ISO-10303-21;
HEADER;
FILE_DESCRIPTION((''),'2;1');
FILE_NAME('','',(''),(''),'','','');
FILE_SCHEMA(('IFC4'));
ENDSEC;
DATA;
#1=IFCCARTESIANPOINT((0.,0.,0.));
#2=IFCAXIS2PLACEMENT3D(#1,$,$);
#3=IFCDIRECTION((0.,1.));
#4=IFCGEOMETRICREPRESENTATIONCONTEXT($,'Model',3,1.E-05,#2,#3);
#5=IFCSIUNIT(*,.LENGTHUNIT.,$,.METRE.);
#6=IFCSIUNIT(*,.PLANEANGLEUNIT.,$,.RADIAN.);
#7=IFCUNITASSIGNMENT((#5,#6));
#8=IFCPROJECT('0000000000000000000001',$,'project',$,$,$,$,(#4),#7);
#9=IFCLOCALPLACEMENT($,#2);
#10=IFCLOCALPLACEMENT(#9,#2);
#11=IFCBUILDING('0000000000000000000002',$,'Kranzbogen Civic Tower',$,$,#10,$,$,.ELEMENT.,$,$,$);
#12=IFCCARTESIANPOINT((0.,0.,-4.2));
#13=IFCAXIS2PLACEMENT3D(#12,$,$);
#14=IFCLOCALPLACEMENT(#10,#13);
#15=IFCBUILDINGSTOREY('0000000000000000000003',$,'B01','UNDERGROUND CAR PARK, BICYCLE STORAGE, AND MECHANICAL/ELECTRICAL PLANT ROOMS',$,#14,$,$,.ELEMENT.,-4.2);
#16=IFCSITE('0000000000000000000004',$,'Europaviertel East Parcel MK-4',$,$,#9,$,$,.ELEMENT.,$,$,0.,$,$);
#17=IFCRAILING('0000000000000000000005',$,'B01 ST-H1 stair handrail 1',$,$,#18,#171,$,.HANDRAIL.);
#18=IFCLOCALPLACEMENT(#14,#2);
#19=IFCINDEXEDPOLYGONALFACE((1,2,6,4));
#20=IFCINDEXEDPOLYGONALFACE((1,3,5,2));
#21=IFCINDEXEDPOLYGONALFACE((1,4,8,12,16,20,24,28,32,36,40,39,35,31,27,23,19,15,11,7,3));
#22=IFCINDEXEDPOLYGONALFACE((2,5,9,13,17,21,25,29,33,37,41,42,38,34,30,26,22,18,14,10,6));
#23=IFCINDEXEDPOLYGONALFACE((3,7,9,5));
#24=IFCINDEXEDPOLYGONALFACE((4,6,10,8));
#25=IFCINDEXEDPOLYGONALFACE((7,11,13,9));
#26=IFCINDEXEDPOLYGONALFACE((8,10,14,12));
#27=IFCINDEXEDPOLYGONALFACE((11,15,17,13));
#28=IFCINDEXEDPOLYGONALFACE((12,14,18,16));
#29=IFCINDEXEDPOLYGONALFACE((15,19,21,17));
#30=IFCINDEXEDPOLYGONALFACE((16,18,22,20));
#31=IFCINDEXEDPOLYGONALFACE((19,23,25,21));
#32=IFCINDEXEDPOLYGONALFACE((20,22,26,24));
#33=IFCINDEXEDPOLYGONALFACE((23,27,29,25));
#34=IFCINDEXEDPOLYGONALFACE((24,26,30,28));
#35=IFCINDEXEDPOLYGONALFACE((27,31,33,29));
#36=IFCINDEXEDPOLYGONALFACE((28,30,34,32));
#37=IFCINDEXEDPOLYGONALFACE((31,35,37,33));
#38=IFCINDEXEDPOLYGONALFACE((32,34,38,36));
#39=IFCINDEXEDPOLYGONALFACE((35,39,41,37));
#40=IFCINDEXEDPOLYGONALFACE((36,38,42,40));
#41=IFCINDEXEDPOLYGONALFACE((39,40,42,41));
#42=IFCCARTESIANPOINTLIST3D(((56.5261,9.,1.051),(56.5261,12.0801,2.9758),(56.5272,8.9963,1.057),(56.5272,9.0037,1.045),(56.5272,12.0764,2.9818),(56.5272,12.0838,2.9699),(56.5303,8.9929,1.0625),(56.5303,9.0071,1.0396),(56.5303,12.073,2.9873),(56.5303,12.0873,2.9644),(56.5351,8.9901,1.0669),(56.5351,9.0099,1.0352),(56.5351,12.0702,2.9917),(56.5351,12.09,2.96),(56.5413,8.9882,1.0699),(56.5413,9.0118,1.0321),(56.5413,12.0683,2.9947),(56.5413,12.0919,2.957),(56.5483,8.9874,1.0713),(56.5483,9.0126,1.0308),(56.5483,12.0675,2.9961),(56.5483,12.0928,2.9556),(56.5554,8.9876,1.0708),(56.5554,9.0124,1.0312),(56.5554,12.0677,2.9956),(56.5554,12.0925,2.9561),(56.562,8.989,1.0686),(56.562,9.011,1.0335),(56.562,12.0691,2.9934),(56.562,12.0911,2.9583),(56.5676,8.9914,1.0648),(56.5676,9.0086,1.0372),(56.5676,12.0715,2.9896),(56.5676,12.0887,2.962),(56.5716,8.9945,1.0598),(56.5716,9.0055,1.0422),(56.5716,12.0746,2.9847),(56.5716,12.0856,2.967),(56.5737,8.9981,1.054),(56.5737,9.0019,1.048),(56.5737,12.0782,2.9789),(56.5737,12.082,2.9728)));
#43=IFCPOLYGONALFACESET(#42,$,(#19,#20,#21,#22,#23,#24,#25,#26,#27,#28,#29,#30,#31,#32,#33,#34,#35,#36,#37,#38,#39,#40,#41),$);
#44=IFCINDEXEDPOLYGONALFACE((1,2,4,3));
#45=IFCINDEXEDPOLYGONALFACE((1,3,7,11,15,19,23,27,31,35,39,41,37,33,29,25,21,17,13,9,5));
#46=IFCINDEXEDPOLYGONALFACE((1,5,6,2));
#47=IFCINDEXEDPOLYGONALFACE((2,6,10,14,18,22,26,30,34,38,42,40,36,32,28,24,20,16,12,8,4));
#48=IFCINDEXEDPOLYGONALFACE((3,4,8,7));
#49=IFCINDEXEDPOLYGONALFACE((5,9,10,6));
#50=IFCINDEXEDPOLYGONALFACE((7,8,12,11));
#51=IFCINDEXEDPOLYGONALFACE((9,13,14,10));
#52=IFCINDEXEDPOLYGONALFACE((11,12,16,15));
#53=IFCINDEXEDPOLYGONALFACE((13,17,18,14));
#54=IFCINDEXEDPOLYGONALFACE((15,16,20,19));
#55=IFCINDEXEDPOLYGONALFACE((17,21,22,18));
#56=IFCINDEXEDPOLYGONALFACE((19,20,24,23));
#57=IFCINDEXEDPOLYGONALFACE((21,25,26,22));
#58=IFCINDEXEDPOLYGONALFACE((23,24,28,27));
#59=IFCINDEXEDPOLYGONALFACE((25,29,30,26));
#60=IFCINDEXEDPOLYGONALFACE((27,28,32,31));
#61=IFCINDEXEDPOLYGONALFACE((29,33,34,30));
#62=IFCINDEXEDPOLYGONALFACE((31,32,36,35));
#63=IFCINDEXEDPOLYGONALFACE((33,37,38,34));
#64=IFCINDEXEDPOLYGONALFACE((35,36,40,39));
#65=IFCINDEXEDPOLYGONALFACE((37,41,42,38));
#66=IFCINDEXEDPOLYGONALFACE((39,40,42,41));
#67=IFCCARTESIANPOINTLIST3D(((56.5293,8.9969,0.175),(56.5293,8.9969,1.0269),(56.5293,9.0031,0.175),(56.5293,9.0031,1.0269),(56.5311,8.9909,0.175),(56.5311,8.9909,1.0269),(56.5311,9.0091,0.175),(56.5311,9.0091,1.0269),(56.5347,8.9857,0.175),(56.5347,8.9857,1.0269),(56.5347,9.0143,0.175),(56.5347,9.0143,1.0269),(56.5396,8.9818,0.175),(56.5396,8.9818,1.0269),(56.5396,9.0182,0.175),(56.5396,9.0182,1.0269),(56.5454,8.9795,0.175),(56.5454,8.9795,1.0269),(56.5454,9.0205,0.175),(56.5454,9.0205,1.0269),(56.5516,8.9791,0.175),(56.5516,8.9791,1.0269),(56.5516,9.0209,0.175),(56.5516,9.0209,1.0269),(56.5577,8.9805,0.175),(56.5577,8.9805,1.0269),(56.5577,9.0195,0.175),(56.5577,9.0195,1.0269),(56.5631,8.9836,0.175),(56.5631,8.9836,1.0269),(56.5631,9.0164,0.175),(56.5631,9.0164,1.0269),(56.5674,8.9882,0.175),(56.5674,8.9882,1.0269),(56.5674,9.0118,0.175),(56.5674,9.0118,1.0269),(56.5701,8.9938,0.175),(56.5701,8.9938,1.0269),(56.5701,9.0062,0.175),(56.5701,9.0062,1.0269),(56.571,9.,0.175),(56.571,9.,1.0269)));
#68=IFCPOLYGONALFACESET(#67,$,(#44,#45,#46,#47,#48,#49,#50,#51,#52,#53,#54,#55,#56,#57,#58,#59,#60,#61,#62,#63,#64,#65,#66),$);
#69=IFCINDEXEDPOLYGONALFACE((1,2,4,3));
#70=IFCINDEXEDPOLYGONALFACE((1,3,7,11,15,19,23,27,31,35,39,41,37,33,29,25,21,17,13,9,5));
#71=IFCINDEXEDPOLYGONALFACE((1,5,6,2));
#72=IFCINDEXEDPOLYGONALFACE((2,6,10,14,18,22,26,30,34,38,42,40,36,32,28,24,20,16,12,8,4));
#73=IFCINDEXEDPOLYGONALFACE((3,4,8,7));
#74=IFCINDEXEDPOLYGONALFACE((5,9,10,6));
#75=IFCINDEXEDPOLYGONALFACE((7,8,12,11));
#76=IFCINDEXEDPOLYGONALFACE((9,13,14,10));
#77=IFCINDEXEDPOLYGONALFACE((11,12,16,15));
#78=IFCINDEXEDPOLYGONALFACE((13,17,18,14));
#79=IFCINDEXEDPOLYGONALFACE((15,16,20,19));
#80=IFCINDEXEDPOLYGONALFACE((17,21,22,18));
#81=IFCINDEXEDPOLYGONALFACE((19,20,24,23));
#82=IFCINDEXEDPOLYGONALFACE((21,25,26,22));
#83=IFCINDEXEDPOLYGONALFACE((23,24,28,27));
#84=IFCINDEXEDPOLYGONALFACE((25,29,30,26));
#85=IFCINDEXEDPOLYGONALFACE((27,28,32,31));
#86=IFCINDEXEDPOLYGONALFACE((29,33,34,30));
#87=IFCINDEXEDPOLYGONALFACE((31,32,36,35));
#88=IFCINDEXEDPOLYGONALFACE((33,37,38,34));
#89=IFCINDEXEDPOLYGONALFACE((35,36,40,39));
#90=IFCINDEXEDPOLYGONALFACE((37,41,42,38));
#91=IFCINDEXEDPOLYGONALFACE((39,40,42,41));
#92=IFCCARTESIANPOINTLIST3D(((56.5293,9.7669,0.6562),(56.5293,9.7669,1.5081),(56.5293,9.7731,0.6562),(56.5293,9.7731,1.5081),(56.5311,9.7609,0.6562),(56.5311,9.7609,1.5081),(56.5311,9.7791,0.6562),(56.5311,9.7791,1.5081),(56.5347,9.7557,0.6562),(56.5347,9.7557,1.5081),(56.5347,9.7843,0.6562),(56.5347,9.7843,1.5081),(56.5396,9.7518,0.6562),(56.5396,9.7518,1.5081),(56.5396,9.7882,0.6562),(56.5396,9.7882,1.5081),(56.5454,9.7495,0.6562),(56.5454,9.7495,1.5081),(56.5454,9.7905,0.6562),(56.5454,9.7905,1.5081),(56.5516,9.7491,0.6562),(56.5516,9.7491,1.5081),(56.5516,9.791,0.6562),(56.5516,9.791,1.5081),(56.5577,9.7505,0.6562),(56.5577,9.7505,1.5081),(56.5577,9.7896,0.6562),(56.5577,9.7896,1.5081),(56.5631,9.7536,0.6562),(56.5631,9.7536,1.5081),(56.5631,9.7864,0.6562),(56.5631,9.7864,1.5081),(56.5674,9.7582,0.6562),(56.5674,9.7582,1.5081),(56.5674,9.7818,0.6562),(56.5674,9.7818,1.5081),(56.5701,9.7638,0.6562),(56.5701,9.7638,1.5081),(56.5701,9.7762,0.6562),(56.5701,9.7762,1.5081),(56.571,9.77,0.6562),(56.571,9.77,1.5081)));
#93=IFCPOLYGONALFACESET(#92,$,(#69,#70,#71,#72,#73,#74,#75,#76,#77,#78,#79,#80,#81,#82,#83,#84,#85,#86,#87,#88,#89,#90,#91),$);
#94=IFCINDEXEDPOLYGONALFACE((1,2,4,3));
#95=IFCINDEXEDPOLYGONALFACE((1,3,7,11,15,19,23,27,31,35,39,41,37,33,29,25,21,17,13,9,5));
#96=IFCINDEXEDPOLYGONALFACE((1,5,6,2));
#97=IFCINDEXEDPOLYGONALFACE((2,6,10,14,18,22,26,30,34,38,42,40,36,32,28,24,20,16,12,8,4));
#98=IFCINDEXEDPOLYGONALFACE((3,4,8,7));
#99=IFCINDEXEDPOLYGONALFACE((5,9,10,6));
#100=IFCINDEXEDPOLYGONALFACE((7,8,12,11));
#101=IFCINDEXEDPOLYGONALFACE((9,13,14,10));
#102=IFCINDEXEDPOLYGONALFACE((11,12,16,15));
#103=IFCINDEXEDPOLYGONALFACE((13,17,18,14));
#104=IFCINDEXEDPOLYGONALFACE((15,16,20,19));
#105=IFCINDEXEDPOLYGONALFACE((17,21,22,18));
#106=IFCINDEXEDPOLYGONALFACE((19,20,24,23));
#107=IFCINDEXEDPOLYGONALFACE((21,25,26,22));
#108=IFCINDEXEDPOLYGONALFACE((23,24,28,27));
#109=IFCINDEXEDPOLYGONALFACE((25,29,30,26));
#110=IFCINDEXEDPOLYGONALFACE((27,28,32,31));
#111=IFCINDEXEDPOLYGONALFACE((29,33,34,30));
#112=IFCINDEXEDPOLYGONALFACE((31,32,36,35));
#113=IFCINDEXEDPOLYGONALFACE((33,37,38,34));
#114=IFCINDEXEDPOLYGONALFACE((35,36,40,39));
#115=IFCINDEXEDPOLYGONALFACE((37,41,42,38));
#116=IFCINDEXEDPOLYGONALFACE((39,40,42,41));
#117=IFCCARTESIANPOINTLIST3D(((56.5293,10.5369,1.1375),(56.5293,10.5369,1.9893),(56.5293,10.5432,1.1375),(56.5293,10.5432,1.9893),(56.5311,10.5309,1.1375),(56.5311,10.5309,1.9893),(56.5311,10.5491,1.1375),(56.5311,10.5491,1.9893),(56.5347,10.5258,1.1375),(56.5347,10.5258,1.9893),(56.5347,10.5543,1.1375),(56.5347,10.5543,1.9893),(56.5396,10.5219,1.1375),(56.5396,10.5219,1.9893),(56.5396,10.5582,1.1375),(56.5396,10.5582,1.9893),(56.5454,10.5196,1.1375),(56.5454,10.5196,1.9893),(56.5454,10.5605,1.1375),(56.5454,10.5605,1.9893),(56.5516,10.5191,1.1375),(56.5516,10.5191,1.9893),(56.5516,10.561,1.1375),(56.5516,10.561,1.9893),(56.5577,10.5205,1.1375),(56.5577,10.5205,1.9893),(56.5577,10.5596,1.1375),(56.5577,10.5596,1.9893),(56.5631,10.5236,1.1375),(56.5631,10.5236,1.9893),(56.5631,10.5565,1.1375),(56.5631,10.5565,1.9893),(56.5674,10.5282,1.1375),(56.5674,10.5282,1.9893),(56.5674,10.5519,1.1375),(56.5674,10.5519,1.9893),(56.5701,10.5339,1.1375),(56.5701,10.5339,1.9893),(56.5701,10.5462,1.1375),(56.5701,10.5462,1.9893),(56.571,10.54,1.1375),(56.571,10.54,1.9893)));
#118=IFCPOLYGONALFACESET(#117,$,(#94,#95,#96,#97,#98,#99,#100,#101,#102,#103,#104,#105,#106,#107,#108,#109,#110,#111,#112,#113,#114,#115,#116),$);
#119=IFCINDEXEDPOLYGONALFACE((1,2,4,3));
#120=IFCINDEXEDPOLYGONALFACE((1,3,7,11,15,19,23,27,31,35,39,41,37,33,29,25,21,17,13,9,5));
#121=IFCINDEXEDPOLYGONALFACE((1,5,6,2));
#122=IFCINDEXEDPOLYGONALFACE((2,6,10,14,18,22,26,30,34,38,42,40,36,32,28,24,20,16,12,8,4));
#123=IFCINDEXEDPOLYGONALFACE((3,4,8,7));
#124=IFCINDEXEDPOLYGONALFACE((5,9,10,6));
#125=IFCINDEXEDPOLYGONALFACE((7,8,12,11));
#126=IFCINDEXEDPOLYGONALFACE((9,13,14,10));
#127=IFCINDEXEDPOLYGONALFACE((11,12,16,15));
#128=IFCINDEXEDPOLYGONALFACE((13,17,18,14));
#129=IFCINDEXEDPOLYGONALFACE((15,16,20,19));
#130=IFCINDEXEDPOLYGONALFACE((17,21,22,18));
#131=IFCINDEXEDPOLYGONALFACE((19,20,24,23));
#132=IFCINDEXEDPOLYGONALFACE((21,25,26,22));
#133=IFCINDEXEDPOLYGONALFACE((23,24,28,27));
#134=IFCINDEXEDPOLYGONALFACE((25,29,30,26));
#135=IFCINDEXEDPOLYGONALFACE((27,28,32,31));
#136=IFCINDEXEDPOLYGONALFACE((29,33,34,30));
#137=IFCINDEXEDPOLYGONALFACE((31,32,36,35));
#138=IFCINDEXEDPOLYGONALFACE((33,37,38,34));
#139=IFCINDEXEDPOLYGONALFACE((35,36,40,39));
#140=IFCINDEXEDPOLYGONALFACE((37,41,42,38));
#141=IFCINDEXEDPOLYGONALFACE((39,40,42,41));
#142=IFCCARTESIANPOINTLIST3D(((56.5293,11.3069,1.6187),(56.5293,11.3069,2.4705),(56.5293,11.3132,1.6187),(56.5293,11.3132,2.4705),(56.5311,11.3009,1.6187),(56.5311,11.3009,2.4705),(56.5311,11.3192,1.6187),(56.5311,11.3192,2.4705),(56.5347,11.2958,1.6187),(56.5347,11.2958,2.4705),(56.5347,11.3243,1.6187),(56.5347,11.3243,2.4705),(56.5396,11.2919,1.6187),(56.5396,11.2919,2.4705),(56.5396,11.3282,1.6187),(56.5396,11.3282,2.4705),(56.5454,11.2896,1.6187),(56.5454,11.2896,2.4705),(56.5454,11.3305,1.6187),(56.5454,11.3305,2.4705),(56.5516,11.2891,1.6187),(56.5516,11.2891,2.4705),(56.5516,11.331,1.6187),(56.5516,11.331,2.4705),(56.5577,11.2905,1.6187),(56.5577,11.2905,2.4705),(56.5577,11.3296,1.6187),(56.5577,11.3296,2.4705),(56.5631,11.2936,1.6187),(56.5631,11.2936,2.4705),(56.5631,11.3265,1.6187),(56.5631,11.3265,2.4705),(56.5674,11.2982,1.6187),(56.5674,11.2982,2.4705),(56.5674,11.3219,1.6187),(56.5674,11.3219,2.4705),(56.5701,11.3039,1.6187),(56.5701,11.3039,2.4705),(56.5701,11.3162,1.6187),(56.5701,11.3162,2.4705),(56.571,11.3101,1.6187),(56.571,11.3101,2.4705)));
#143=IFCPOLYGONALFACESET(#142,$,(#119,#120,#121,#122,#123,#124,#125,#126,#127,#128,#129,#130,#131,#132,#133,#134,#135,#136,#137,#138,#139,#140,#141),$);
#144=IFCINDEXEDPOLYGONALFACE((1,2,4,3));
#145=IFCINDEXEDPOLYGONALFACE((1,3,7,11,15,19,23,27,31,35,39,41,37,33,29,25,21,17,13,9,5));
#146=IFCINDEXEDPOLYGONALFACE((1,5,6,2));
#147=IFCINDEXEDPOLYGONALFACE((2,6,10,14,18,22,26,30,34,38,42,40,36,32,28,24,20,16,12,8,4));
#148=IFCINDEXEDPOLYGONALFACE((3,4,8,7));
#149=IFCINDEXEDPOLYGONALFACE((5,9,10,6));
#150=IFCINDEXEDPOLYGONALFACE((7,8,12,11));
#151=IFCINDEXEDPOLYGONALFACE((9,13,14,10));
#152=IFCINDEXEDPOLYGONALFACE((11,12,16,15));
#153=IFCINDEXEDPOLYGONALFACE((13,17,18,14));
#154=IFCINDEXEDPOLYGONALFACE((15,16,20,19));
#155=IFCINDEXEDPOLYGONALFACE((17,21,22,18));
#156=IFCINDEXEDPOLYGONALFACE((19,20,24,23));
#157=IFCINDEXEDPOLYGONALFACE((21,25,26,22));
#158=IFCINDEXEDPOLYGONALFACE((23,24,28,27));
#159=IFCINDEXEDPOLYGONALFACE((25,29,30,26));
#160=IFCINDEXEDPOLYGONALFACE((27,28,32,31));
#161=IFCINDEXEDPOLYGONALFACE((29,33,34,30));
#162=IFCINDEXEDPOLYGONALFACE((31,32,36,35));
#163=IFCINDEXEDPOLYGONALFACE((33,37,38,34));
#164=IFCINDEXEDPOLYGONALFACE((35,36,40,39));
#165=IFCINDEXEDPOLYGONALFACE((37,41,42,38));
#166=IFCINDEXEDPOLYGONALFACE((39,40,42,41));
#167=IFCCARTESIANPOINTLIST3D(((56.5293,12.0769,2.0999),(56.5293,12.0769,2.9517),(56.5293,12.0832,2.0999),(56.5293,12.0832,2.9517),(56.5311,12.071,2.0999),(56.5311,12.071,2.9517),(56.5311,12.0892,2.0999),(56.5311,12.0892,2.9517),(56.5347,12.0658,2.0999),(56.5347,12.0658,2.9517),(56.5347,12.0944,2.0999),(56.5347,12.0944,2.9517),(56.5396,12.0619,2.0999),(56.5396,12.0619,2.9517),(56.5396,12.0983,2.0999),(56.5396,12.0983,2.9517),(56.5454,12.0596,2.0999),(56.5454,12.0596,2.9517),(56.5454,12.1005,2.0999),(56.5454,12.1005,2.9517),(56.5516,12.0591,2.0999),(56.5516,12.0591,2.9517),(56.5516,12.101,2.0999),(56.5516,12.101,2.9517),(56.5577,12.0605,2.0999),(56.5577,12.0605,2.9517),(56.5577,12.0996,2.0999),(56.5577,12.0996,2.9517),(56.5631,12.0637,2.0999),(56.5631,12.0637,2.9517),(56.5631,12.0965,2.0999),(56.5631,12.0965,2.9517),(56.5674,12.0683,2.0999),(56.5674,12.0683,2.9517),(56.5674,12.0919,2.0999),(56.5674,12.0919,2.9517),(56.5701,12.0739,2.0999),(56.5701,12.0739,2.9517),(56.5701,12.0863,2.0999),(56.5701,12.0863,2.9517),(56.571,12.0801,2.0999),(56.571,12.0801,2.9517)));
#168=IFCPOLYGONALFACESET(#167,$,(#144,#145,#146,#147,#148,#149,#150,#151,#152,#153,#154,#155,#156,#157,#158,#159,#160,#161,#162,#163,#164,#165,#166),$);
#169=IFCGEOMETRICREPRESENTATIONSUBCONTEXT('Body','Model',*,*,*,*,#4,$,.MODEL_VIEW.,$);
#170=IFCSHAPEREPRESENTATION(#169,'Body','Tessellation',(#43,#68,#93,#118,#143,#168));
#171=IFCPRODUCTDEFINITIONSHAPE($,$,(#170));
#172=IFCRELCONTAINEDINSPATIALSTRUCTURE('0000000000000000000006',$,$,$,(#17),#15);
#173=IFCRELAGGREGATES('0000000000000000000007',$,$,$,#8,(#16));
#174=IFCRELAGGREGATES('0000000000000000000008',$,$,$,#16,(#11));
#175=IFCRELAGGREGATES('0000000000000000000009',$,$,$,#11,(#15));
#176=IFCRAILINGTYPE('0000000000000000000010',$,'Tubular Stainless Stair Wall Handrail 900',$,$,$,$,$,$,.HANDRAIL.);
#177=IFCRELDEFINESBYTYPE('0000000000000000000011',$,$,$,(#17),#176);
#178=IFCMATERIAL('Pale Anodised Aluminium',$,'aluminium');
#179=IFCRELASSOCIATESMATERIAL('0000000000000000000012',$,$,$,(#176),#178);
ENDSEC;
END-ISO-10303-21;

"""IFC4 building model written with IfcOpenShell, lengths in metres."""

from ifc_helpers import new_model, si_unit, direction, frame, origin, origin_2d, place, context, subcontext, project, spatial, circle, extrude, material, type_object, element, save


model = new_model("IFC4")

# Units and contexts
model_context = context("Model", 3, precision=1e-05, world=origin(), true_north=direction((0.0, 1.0)))
body_context = subcontext(model_context, "Body", "Model", "MODEL_VIEW")
ifc_project = project(units=[si_unit("LENGTHUNIT", "METRE"), si_unit("PLANEANGLEUNIT", "RADIAN")], contexts=[model_context])

# Site, building, storey
site_placement = place(None, origin())
site = spatial("IfcSite", under=ifc_project, at=site_placement, Name="Europaviertel East Parcel MK-4", CompositionType="ELEMENT", RefElevation=0.0)
building_placement = place(site_placement, origin())
building = spatial("IfcBuilding", under=site, at=building_placement, Name="Kranzbogen Civic Tower", CompositionType="ELEMENT")
storey_placement = place(building_placement, frame((0.0, 0.0, -4.2)))
storey = spatial("IfcBuildingStorey", under=building, at=storey_placement, Name="B01", Description="UNDERGROUND CAR PARK, BICYCLE STORAGE, AND MECHANICAL/ELECTRICAL PLANT ROOMS", CompositionType="ELEMENT", Elevation=-4.2)

# Railing
ifc_material_1 = material(Name="Pale Anodised Aluminium", Category="aluminium")
railing_type_1 = type_object("IfcRailingType", Name="Tubular Stainless Stair Wall Handrail 900", PredefinedType="HANDRAIL", material=ifc_material_1)
railing_1_placement = place(storey_placement, frame((56.55, 9.0, 0.175)))
element("IfcRailing", 1, at=railing_1_placement, inside=storey, type_object=railing_type_1, Name="B01 ST-H1 stair handrail 1", PredefinedType="HANDRAIL", context=body_context, shape_type="SweptSolid", body=[
    extrude(circle(Radius=0.0239, at=origin_2d()), frame((0.0, 0.0, 0.876), z_axis=(0.0, 0.848029, 0.529951), x_axis=(-1.0, 0.0, 0.0)), (0.0, 0.0, 1.0), 3.6321),
    extrude(circle(Radius=0.021, at=origin_2d()), origin(), (0.0, 0.0, 1.0), 0.8518),
    extrude(circle(Radius=0.021, at=origin_2d()), frame((0.0, 0.77, 0.4812)), (0.0, 0.0, 1.0), 0.8518),
    extrude(circle(Radius=0.021, at=origin_2d()), frame((0.0, 1.54, 0.9624)), (0.0, 0.0, 1.0), 0.8518),
    extrude(circle(Radius=0.021, at=origin_2d()), frame((0.0, 2.3101, 1.4436)), (0.0, 0.0, 1.0), 0.8518),
    extrude(circle(Radius=0.021, at=origin_2d()), frame((0.0, 3.0801, 1.9248)), (0.0, 0.0, 1.0), 0.8518),
])

save(model, "model.ifc")
